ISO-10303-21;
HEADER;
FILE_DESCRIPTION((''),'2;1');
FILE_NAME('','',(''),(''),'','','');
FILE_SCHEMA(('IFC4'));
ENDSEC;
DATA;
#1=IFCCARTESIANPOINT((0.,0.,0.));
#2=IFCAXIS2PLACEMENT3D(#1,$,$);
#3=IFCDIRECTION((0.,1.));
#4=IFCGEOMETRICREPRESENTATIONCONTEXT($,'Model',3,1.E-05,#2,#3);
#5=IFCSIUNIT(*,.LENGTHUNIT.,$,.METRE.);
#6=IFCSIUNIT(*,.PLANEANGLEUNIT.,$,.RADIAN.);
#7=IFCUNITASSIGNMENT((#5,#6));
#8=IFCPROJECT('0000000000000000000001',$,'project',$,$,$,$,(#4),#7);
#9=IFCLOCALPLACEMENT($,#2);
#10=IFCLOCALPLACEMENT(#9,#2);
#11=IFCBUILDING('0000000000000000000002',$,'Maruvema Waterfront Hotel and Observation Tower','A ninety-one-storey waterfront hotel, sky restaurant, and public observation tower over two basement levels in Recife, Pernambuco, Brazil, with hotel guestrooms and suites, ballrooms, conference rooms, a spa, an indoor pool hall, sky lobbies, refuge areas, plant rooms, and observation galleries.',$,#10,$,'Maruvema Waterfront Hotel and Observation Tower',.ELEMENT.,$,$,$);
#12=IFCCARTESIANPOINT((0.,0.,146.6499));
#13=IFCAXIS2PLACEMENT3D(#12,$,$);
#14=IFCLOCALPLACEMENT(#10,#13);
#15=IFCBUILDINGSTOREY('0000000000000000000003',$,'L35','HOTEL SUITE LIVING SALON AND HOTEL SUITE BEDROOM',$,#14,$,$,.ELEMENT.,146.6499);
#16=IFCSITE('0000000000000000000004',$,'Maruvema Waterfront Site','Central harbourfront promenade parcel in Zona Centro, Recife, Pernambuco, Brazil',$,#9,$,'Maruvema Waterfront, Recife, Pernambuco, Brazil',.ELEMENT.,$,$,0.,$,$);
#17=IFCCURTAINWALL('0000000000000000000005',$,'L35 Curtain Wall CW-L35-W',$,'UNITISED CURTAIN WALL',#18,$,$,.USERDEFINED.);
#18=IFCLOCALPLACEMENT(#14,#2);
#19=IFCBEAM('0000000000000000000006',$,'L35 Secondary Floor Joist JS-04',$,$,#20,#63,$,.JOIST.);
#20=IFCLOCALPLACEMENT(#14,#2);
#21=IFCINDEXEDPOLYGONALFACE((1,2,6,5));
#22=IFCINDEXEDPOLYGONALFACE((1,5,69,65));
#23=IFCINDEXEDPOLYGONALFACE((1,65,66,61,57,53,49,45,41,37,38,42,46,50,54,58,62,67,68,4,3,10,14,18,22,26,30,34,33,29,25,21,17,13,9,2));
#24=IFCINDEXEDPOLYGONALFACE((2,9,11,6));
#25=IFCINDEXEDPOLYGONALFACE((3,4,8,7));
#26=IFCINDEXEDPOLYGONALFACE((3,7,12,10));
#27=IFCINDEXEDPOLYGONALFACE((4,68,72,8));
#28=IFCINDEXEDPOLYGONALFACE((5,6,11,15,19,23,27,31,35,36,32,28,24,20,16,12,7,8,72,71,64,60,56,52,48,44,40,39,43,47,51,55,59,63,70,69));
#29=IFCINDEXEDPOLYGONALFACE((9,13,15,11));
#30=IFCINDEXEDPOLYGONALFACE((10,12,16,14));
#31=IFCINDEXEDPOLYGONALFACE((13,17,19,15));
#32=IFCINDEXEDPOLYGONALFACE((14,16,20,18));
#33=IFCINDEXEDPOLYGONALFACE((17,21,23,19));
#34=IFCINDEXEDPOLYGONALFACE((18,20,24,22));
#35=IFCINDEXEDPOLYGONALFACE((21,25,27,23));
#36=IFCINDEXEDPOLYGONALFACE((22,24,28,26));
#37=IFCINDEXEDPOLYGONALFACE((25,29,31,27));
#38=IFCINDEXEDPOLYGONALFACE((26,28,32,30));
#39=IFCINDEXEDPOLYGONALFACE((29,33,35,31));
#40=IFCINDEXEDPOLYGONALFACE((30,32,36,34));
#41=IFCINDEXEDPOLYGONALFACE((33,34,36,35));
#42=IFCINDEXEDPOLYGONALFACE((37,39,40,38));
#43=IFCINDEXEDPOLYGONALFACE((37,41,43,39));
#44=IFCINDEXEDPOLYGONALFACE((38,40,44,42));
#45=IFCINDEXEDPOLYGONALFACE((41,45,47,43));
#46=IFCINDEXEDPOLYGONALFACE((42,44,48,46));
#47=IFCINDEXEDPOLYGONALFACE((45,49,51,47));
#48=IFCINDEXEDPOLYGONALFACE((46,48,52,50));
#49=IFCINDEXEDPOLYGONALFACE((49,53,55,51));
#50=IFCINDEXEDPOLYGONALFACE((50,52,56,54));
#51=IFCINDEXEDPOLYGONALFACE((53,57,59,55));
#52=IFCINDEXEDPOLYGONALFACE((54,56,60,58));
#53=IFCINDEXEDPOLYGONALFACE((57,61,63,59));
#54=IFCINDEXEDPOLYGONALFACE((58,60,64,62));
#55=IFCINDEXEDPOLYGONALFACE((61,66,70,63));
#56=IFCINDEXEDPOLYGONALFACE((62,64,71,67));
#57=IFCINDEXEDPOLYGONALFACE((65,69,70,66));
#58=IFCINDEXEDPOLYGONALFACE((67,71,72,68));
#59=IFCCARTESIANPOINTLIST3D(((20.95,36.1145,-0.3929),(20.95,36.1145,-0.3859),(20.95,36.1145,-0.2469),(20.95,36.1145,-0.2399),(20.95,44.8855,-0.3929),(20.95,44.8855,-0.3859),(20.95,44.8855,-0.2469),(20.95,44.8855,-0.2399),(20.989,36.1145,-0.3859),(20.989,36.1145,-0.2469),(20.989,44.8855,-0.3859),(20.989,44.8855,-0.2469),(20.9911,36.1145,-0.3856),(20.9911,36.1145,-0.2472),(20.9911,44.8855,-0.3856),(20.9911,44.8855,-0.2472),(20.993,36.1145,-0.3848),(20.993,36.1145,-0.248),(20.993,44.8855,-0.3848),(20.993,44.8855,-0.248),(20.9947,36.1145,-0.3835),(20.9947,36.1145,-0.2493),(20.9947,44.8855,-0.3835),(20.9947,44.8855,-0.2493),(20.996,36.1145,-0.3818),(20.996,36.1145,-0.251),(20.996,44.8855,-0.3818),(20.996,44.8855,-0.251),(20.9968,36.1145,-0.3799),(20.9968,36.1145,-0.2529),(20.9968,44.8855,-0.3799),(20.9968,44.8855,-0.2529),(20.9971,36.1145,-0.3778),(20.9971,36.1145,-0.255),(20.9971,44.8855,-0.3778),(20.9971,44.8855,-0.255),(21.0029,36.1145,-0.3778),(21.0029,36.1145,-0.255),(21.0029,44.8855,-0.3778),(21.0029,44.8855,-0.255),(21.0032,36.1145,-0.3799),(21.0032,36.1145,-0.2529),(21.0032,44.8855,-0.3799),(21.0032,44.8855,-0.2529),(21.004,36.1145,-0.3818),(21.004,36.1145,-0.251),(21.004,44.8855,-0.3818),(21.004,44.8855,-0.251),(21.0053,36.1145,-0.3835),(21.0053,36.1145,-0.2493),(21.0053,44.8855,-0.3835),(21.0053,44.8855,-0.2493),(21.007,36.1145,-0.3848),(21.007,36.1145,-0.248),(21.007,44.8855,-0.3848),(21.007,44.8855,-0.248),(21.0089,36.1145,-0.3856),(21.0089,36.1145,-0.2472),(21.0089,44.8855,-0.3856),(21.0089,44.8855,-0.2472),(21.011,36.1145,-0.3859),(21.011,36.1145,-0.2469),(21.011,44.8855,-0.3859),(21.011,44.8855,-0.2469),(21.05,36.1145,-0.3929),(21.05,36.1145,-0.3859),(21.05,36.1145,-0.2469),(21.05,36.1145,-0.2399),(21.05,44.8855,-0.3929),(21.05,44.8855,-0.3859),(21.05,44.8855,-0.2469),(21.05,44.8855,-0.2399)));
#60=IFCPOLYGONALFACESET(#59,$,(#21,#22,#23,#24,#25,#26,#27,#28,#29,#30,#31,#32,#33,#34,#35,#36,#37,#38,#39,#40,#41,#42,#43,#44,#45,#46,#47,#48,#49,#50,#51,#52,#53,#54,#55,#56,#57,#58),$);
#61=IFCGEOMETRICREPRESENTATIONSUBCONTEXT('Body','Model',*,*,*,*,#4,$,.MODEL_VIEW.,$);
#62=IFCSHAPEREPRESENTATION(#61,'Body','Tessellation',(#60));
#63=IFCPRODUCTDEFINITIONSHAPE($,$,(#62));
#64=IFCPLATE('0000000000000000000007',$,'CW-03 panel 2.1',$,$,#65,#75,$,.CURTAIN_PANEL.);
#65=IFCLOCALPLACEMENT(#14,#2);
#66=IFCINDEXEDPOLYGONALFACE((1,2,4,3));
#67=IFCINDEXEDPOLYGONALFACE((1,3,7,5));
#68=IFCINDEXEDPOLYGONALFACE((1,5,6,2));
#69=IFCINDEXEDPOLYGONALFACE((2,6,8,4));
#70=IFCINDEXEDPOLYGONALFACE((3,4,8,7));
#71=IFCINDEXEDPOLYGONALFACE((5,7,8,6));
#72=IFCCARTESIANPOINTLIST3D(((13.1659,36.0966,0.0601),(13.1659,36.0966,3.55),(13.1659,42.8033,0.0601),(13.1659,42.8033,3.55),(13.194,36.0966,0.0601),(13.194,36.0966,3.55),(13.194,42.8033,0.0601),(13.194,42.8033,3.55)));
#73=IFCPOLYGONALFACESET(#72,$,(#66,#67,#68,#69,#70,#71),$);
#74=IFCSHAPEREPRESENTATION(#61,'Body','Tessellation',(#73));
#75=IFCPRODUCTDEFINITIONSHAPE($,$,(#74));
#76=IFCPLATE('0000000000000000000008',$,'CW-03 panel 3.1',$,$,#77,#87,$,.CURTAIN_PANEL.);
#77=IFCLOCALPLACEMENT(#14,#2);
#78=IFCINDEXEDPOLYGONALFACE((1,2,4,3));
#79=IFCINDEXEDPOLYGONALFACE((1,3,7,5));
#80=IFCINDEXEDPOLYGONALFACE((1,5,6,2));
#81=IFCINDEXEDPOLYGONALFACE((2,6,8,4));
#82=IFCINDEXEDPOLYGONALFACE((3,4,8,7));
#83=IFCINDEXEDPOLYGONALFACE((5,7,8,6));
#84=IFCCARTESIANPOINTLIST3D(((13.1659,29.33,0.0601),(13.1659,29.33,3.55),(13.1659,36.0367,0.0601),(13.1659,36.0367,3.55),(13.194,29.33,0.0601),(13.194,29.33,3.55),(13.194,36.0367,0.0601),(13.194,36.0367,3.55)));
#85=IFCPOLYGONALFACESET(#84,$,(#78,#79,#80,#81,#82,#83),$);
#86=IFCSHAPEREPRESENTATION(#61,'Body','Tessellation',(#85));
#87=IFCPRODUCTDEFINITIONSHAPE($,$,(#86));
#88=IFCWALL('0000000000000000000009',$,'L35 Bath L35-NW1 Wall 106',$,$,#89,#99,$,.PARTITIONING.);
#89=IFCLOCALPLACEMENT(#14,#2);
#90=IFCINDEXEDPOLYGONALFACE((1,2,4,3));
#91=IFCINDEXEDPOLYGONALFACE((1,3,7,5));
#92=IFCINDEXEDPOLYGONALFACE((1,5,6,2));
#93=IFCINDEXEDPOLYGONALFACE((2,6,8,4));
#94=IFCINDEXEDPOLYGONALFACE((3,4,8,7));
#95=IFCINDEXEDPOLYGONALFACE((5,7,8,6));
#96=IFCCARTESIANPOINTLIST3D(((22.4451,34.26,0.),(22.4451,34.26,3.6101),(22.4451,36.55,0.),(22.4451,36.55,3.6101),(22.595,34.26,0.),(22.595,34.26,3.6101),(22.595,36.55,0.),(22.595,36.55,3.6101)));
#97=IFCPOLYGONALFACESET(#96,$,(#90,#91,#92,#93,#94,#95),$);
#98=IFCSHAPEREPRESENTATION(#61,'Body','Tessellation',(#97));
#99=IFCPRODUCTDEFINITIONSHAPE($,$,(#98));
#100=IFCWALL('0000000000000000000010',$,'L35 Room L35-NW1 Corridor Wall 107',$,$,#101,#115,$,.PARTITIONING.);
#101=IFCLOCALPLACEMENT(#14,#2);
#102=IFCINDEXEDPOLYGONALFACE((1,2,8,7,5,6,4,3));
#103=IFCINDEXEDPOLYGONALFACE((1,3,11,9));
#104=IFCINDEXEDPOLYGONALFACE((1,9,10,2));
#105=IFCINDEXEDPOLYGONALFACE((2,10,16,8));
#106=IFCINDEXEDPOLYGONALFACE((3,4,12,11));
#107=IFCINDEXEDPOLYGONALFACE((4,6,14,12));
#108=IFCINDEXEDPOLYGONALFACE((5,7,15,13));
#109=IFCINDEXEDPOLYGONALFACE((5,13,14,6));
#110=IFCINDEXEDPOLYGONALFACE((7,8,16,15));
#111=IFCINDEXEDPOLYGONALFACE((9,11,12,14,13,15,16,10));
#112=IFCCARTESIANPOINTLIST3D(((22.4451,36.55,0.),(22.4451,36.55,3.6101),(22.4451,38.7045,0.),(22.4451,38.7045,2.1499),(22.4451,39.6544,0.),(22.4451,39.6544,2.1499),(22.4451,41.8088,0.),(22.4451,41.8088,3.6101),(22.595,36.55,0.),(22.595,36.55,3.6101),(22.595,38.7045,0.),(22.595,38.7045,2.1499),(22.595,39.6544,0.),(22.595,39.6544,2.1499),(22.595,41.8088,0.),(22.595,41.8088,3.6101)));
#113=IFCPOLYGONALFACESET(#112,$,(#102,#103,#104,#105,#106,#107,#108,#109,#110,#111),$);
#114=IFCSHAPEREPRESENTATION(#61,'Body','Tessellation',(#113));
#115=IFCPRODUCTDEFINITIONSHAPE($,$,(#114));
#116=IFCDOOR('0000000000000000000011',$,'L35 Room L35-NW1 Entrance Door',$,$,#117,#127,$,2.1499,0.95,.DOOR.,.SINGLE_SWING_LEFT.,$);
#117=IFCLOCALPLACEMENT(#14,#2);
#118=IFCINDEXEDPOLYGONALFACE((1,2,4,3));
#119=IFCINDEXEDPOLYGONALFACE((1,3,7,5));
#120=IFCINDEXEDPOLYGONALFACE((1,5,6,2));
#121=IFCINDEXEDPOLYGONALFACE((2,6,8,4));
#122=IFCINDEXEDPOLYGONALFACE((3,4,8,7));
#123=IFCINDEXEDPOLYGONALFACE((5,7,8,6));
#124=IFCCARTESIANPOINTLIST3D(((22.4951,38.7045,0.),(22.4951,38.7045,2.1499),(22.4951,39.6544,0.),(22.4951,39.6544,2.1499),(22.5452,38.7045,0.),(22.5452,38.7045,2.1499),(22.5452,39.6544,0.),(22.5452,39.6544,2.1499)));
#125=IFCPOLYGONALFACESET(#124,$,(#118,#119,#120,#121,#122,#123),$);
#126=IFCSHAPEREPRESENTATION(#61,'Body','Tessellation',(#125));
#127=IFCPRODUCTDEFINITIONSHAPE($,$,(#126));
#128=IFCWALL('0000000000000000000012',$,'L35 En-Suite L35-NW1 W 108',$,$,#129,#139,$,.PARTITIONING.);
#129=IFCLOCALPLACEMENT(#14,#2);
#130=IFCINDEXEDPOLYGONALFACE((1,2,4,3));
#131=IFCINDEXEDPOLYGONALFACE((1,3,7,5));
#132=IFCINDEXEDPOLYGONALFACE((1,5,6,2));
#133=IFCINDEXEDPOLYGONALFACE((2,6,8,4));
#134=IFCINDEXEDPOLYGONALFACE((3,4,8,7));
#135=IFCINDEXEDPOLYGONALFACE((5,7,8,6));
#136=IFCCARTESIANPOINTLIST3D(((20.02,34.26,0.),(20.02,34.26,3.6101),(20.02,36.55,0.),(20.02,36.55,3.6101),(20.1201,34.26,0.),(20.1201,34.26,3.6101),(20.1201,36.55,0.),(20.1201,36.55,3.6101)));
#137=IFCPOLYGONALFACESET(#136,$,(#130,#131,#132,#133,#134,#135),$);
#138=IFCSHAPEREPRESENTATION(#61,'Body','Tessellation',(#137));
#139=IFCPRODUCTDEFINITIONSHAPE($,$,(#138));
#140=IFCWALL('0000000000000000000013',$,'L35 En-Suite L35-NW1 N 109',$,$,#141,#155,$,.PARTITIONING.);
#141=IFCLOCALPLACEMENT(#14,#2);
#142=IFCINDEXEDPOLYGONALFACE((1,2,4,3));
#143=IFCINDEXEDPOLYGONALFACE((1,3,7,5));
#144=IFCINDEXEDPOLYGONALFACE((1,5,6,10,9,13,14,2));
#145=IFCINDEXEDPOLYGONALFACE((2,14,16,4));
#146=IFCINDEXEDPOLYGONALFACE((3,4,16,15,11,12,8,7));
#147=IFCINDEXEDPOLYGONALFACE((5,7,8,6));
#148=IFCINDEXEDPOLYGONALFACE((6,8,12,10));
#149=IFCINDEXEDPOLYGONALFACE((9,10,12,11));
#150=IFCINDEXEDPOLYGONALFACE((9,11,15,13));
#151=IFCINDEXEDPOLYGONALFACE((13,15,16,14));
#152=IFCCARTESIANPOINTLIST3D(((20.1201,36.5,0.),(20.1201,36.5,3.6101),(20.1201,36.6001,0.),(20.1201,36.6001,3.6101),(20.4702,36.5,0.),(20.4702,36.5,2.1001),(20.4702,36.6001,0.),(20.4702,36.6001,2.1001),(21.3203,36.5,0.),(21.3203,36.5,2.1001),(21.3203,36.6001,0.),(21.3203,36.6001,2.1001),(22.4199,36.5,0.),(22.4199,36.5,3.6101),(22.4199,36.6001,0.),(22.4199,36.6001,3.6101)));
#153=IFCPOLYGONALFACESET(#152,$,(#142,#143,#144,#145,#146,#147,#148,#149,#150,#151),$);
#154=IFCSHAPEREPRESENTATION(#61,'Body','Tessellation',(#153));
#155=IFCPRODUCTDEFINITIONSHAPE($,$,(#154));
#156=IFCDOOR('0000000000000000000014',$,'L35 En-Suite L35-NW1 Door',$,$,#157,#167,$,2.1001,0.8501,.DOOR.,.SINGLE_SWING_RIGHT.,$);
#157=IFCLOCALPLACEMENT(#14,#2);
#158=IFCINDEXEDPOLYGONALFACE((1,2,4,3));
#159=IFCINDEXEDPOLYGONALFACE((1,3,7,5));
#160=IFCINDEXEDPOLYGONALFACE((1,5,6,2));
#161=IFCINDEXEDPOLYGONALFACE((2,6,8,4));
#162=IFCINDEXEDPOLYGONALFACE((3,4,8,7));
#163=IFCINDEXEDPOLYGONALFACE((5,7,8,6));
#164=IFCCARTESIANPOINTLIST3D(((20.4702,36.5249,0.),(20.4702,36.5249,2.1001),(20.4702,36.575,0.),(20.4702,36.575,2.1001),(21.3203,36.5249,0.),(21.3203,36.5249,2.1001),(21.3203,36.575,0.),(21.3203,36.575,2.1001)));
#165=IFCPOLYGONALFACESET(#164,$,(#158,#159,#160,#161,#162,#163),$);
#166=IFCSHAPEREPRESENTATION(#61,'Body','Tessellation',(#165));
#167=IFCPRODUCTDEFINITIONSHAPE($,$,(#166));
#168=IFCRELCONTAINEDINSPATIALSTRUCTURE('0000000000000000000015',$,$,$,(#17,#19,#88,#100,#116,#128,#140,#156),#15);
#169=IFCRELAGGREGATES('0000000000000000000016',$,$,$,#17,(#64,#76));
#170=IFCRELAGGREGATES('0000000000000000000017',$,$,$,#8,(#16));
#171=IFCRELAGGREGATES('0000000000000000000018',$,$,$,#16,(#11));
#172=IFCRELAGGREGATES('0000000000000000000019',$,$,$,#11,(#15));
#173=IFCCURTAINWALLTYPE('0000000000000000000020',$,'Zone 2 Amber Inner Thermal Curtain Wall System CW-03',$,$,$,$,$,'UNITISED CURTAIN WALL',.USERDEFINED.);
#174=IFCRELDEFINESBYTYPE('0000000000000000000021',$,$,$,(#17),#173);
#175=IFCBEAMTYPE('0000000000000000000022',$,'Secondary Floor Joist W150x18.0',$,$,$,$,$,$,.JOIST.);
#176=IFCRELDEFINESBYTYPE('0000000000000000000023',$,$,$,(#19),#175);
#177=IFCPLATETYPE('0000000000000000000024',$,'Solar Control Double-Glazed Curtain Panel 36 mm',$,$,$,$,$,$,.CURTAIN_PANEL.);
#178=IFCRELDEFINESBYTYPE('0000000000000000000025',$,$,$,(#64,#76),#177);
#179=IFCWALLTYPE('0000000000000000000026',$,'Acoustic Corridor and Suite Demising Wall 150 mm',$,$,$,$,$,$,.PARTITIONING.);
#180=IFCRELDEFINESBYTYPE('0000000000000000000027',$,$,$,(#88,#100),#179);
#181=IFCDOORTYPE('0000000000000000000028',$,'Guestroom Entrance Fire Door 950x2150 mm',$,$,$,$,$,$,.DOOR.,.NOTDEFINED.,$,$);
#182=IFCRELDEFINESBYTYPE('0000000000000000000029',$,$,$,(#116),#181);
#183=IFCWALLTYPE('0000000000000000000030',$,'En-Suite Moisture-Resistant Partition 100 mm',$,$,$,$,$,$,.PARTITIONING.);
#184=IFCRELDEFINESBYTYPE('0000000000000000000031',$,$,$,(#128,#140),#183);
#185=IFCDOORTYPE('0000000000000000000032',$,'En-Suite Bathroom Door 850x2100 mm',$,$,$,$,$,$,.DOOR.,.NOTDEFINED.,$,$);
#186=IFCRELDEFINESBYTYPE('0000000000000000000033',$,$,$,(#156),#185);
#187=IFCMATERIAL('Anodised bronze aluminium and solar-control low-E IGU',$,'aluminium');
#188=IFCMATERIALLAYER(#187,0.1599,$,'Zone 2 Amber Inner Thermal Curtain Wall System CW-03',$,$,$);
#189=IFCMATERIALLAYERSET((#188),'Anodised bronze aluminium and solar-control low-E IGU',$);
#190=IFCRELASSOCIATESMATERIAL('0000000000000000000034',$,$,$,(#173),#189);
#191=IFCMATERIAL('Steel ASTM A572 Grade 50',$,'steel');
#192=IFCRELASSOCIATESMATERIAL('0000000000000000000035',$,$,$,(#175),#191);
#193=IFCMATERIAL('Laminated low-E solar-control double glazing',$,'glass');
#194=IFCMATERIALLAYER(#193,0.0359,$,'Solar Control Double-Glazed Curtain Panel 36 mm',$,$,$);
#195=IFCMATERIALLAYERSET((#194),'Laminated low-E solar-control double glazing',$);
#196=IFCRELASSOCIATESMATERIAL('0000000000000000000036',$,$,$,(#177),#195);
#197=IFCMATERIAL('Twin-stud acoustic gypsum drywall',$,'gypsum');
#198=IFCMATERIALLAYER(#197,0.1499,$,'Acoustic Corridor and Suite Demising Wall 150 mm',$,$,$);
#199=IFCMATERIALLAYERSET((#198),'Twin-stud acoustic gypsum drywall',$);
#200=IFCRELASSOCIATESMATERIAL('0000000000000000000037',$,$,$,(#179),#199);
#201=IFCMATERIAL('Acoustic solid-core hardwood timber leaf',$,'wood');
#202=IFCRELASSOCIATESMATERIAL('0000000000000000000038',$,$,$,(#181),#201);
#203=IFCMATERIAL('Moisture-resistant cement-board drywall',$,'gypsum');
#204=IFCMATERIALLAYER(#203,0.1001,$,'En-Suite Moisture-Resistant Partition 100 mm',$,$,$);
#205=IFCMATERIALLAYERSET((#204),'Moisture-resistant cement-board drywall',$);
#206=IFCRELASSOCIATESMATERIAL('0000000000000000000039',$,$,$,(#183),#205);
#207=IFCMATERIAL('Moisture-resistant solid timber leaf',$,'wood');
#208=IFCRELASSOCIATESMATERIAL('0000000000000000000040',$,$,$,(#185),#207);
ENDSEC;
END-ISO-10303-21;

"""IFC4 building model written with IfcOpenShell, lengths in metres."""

from ifc_helpers import new_model, si_unit, direction, frame, frame_2d, origin, origin_2d, place, context, subcontext, project, spatial, rectangle, i_section, extrude, material, layer, layer_set, material_profile, profile_set, type_object, element, fill, aggregate, save


model = new_model("IFC4")

# Units and contexts
model_context = context("Model", 3, precision=1e-05, world=origin(), true_north=direction((0.0, 1.0)))
body_context = subcontext(model_context, "Body", "Model", "MODEL_VIEW")
ifc_project = project(units=[si_unit("LENGTHUNIT", "METRE"), si_unit("PLANEANGLEUNIT", "RADIAN")], contexts=[model_context])

# Site, building, storey
site_placement = place(None, origin())
site = spatial("IfcSite", under=ifc_project, at=site_placement, Name="Maruvema Waterfront Site", Description="Central harbourfront promenade parcel in Zona Centro, Recife, Pernambuco, Brazil", LongName="Maruvema Waterfront, Recife, Pernambuco, Brazil", CompositionType="ELEMENT", RefElevation=0.0)
building_placement = place(site_placement, origin())
building = spatial("IfcBuilding", under=site, at=building_placement, Name="Maruvema Waterfront Hotel and Observation Tower", Description="A ninety-one-storey waterfront hotel, sky restaurant, and public observation tower over two basement levels in Recife, Pernambuco, Brazil, with hotel guestrooms and suites, ballrooms, conference rooms, a spa, an indoor pool hall, sky lobbies, refuge areas, plant rooms, and observation galleries.", LongName="Maruvema Waterfront Hotel and Observation Tower", CompositionType="ELEMENT")
storey_placement = place(building_placement, frame((0.0, 0.0, 146.6499)))
storey = spatial("IfcBuildingStorey", under=building, at=storey_placement, Name="L35", Description="HOTEL SUITE LIVING SALON AND HOTEL SUITE BEDROOM", CompositionType="ELEMENT", Elevation=146.6499)

# Curtain wall
ifc_material_1 = material(Name="Anodised bronze aluminium and solar-control low-E IGU", Category="aluminium")
ifc_layer_1 = layer(ifc_material_1, 0.1599, Name="Zone 2 Amber Inner Thermal Curtain Wall System CW-03")
ifc_layer_set_1 = layer_set([ifc_layer_1], Name="Anodised bronze aluminium and solar-control low-E IGU")
curtain_wall_type = type_object("IfcCurtainWallType", Name="Zone 2 Amber Inner Thermal Curtain Wall System CW-03", ElementType="UNITISED CURTAIN WALL", PredefinedType="USERDEFINED", material=ifc_layer_set_1)
curtain_wall_placement = place(storey_placement, origin())
curtain_wall = element("IfcCurtainWall", 1, at=curtain_wall_placement, inside=storey, type_object=curtain_wall_type, Name="L35 Curtain Wall CW-L35-W", ObjectType="UNITISED CURTAIN WALL", PredefinedType="USERDEFINED")

# Beam
ifc_material_2 = material(Name="Steel ASTM A572 Grade 50", Category="steel")
ifc_material_profile_1 = material_profile(ifc_material_2, i_section(OverallWidth=0.1001, OverallDepth=0.1531, WebThickness=0.0059, FlangeThickness=0.0071, FilletRadius=0.0081, at=origin_2d()), Name="W150x18.0")
ifc_profile_set_1 = profile_set([ifc_material_profile_1], Name="Steel ASTM A572 Grade 50")
beam_type_1 = type_object("IfcBeamType", Name="Secondary Floor Joist W150x18.0", PredefinedType="JOIST", material=ifc_profile_set_1)
beam_1_placement = place(storey_placement, frame((21.0, 36.1145, -0.3164), z_axis=(0.0, 1.0, 0.0), x_axis=(-1.0, 0.0, 0.0)))
element("IfcBeam", 2, at=beam_1_placement, inside=storey, type_object=beam_type_1, Name="L35 Secondary Floor Joist JS-04", PredefinedType="JOIST", context=body_context, shape_type="SweptSolid", body=[
    extrude(i_section(OverallWidth=0.1001, OverallDepth=0.1531, WebThickness=0.0059, FlangeThickness=0.0071, FilletRadius=0.0081, at=origin_2d()), origin(), (0.0, 0.0, 1.0), 8.771),
])

# Plates
ifc_material_3 = material(Name="Laminated low-E solar-control double glazing", Category="glass")
ifc_layer_2 = layer(ifc_material_3, 0.0359, Name="Solar Control Double-Glazed Curtain Panel 36 mm")
ifc_layer_set_2 = layer_set([ifc_layer_2], Name="Laminated low-E solar-control double glazing")
plate_type = type_object("IfcPlateType", Name="Solar Control Double-Glazed Curtain Panel 36 mm", PredefinedType="CURTAIN_PANEL", material=ifc_layer_set_2)
plate_1_placement = place(storey_placement, frame((13.1799, 39.45, 0.0601), z_axis=(0.0, 0.0, 1.0), x_axis=(0.0, -1.0, 0.0)))
plate_1 = element("IfcPlate", 3, at=plate_1_placement, type_object=plate_type, Name="CW-03 panel 2.1", PredefinedType="CURTAIN_PANEL", context=body_context, shape_type="SweptSolid", body=[
    extrude(rectangle(XDim=6.7068, YDim=0.0281, at=origin_2d()), origin(), (0.0, 0.0, 1.0), 3.49),
])
plate_2_placement = place(storey_placement, frame((13.1799, 32.6833, 0.0601), z_axis=(0.0, 0.0, 1.0), x_axis=(0.0, -1.0, 0.0)))
plate_2 = element("IfcPlate", 4, at=plate_2_placement, type_object=plate_type, Name="CW-03 panel 3.1", PredefinedType="CURTAIN_PANEL", context=body_context, shape_type="SweptSolid", body=[
    extrude(rectangle(XDim=6.7068, YDim=0.0281, at=origin_2d()), origin(), (0.0, 0.0, 1.0), 3.49),
])
aggregate(curtain_wall, [plate_1, plate_2])

# Wall
ifc_material_4 = material(Name="Twin-stud acoustic gypsum drywall", Category="gypsum")
ifc_layer_3 = layer(ifc_material_4, 0.1499, Name="Acoustic Corridor and Suite Demising Wall 150 mm")
ifc_layer_set_3 = layer_set([ifc_layer_3], Name="Twin-stud acoustic gypsum drywall")
wall_type_1 = type_object("IfcWallType", Name="Acoustic Corridor and Suite Demising Wall 150 mm", PredefinedType="PARTITIONING", material=ifc_layer_set_3)
wall_1_placement = place(storey_placement, frame((22.52, 34.26, 0.0), z_axis=(0.0, 0.0, 1.0), x_axis=(0.0, 1.0, 0.0)))
element("IfcWall", 5, at=wall_1_placement, inside=storey, type_object=wall_type_1, Name="L35 Bath L35-NW1 Wall 106", PredefinedType="PARTITIONING", context=body_context, shape_type="SweptSolid", body=[
    extrude(rectangle(XDim=2.29, YDim=0.1499, at=frame_2d((1.145, 0.0))), origin(), (0.0, 0.0, 1.0), 3.6101),
])

# Wall, opening, door
wall_2_placement = place(storey_placement, frame((22.52, 36.55, 0.0), z_axis=(0.0, 0.0, 1.0), x_axis=(0.0, 1.0, 0.0)))
wall_2 = element("IfcWall", 6, at=wall_2_placement, inside=storey, type_object=wall_type_1, Name="L35 Room L35-NW1 Corridor Wall 107", PredefinedType="PARTITIONING", context=body_context, shape_type="SweptSolid", body=[
    extrude(rectangle(XDim=5.2588, YDim=0.1499, at=frame_2d((2.6294, 0.0))), origin(), (0.0, 0.0, 1.0), 3.6101),
])
opening_1_placement = place(wall_2_placement, frame((2.1543, 0.0, 0.0)))
opening_1 = element("IfcOpeningElement", 7, at=opening_1_placement, cuts=wall_2, PredefinedType="OPENING", context=body_context, shape_type="SweptSolid", body=[
    extrude(rectangle(XDim=0.95, YDim=2.1499, at=frame_2d((0.4751, 1.075))), frame((0.0, 0.085, 0.0), z_axis=(0.0, -1.0, 0.0), x_axis=(1.0, 0.0, 0.0)), (0.0, 0.0, 1.0), 0.1699),
])
ifc_material_5 = material(Name="Acoustic solid-core hardwood timber leaf", Category="wood")
door_type_1 = type_object("IfcDoorType", Name="Guestroom Entrance Fire Door 950x2150 mm", OperationType="NOTDEFINED", PredefinedType="DOOR", material=ifc_material_5)
door_1_placement = place(opening_1_placement, origin())
door_1 = element("IfcDoor", 8, at=door_1_placement, inside=storey, type_object=door_type_1, Name="L35 Room L35-NW1 Entrance Door", OperationType="SINGLE_SWING_LEFT", OverallHeight=2.1499, OverallWidth=0.95, PredefinedType="DOOR", context=body_context, shape_type="SweptSolid", body=[
    extrude(rectangle(XDim=0.95, YDim=2.1499, at=frame_2d((0.4751, 1.075))), frame((0.0, 0.0249, 0.0), z_axis=(0.0, -1.0, 0.0), x_axis=(1.0, 0.0, 0.0)), (0.0, 0.0, 1.0), 0.05),
])
fill(opening_1, door_1)

# Wall
ifc_material_6 = material(Name="Moisture-resistant cement-board drywall", Category="gypsum")
ifc_layer_4 = layer(ifc_material_6, 0.1001, Name="En-Suite Moisture-Resistant Partition 100 mm")
ifc_layer_set_4 = layer_set([ifc_layer_4], Name="Moisture-resistant cement-board drywall")
wall_type_2 = type_object("IfcWallType", Name="En-Suite Moisture-Resistant Partition 100 mm", PredefinedType="PARTITIONING", material=ifc_layer_set_4)
wall_3_placement = place(storey_placement, frame((20.0701, 34.26, 0.0), z_axis=(0.0, 0.0, 1.0), x_axis=(0.0, 1.0, 0.0)))
element("IfcWall", 9, at=wall_3_placement, inside=storey, type_object=wall_type_2, Name="L35 En-Suite L35-NW1 W 108", PredefinedType="PARTITIONING", context=body_context, shape_type="SweptSolid", body=[
    extrude(rectangle(XDim=2.29, YDim=0.1001, at=frame_2d((1.145, 0.0))), origin(), (0.0, 0.0, 1.0), 3.6101),
])

# Wall, opening, door
wall_4_placement = place(storey_placement, frame((20.1201, 36.55, 0.0), z_axis=(0.0, 0.0, 1.0), x_axis=(1.0, 0.0, 0.0)))
wall_4 = element("IfcWall", 10, at=wall_4_placement, inside=storey, type_object=wall_type_2, Name="L35 En-Suite L35-NW1 N 109", PredefinedType="PARTITIONING", context=body_context, shape_type="SweptSolid", body=[
    extrude(rectangle(XDim=2.2998, YDim=0.1001, at=frame_2d((1.1499, 0.0))), origin(), (0.0, 0.0, 1.0), 3.6101),
])
opening_2_placement = place(wall_4_placement, frame((0.3501, 0.0, 0.0)))
opening_2 = element("IfcOpeningElement", 11, at=opening_2_placement, cuts=wall_4, PredefinedType="OPENING", context=body_context, shape_type="SweptSolid", body=[
    extrude(rectangle(XDim=0.8501, YDim=2.1001, at=frame_2d((0.425, 1.05))), frame((0.0, 0.0601, 0.0), z_axis=(0.0, -1.0, 0.0), x_axis=(1.0, 0.0, 0.0)), (0.0, 0.0, 1.0), 0.1201),
])
ifc_material_7 = material(Name="Moisture-resistant solid timber leaf", Category="wood")
door_type_2 = type_object("IfcDoorType", Name="En-Suite Bathroom Door 850x2100 mm", OperationType="NOTDEFINED", PredefinedType="DOOR", material=ifc_material_7)
door_2_placement = place(opening_2_placement, origin())
door_2 = element("IfcDoor", 12, at=door_2_placement, inside=storey, type_object=door_type_2, Name="L35 En-Suite L35-NW1 Door", OperationType="SINGLE_SWING_RIGHT", OverallHeight=2.1001, OverallWidth=0.8501, PredefinedType="DOOR", context=body_context, shape_type="SweptSolid", body=[
    extrude(rectangle(XDim=0.8501, YDim=2.1001, at=frame_2d((0.425, 1.05))), frame((0.0, 0.0249, 0.0), z_axis=(0.0, -1.0, 0.0), x_axis=(1.0, 0.0, 0.0)), (0.0, 0.0, 1.0), 0.05),
])
fill(opening_2, door_2)

save(model, "model.ifc")
